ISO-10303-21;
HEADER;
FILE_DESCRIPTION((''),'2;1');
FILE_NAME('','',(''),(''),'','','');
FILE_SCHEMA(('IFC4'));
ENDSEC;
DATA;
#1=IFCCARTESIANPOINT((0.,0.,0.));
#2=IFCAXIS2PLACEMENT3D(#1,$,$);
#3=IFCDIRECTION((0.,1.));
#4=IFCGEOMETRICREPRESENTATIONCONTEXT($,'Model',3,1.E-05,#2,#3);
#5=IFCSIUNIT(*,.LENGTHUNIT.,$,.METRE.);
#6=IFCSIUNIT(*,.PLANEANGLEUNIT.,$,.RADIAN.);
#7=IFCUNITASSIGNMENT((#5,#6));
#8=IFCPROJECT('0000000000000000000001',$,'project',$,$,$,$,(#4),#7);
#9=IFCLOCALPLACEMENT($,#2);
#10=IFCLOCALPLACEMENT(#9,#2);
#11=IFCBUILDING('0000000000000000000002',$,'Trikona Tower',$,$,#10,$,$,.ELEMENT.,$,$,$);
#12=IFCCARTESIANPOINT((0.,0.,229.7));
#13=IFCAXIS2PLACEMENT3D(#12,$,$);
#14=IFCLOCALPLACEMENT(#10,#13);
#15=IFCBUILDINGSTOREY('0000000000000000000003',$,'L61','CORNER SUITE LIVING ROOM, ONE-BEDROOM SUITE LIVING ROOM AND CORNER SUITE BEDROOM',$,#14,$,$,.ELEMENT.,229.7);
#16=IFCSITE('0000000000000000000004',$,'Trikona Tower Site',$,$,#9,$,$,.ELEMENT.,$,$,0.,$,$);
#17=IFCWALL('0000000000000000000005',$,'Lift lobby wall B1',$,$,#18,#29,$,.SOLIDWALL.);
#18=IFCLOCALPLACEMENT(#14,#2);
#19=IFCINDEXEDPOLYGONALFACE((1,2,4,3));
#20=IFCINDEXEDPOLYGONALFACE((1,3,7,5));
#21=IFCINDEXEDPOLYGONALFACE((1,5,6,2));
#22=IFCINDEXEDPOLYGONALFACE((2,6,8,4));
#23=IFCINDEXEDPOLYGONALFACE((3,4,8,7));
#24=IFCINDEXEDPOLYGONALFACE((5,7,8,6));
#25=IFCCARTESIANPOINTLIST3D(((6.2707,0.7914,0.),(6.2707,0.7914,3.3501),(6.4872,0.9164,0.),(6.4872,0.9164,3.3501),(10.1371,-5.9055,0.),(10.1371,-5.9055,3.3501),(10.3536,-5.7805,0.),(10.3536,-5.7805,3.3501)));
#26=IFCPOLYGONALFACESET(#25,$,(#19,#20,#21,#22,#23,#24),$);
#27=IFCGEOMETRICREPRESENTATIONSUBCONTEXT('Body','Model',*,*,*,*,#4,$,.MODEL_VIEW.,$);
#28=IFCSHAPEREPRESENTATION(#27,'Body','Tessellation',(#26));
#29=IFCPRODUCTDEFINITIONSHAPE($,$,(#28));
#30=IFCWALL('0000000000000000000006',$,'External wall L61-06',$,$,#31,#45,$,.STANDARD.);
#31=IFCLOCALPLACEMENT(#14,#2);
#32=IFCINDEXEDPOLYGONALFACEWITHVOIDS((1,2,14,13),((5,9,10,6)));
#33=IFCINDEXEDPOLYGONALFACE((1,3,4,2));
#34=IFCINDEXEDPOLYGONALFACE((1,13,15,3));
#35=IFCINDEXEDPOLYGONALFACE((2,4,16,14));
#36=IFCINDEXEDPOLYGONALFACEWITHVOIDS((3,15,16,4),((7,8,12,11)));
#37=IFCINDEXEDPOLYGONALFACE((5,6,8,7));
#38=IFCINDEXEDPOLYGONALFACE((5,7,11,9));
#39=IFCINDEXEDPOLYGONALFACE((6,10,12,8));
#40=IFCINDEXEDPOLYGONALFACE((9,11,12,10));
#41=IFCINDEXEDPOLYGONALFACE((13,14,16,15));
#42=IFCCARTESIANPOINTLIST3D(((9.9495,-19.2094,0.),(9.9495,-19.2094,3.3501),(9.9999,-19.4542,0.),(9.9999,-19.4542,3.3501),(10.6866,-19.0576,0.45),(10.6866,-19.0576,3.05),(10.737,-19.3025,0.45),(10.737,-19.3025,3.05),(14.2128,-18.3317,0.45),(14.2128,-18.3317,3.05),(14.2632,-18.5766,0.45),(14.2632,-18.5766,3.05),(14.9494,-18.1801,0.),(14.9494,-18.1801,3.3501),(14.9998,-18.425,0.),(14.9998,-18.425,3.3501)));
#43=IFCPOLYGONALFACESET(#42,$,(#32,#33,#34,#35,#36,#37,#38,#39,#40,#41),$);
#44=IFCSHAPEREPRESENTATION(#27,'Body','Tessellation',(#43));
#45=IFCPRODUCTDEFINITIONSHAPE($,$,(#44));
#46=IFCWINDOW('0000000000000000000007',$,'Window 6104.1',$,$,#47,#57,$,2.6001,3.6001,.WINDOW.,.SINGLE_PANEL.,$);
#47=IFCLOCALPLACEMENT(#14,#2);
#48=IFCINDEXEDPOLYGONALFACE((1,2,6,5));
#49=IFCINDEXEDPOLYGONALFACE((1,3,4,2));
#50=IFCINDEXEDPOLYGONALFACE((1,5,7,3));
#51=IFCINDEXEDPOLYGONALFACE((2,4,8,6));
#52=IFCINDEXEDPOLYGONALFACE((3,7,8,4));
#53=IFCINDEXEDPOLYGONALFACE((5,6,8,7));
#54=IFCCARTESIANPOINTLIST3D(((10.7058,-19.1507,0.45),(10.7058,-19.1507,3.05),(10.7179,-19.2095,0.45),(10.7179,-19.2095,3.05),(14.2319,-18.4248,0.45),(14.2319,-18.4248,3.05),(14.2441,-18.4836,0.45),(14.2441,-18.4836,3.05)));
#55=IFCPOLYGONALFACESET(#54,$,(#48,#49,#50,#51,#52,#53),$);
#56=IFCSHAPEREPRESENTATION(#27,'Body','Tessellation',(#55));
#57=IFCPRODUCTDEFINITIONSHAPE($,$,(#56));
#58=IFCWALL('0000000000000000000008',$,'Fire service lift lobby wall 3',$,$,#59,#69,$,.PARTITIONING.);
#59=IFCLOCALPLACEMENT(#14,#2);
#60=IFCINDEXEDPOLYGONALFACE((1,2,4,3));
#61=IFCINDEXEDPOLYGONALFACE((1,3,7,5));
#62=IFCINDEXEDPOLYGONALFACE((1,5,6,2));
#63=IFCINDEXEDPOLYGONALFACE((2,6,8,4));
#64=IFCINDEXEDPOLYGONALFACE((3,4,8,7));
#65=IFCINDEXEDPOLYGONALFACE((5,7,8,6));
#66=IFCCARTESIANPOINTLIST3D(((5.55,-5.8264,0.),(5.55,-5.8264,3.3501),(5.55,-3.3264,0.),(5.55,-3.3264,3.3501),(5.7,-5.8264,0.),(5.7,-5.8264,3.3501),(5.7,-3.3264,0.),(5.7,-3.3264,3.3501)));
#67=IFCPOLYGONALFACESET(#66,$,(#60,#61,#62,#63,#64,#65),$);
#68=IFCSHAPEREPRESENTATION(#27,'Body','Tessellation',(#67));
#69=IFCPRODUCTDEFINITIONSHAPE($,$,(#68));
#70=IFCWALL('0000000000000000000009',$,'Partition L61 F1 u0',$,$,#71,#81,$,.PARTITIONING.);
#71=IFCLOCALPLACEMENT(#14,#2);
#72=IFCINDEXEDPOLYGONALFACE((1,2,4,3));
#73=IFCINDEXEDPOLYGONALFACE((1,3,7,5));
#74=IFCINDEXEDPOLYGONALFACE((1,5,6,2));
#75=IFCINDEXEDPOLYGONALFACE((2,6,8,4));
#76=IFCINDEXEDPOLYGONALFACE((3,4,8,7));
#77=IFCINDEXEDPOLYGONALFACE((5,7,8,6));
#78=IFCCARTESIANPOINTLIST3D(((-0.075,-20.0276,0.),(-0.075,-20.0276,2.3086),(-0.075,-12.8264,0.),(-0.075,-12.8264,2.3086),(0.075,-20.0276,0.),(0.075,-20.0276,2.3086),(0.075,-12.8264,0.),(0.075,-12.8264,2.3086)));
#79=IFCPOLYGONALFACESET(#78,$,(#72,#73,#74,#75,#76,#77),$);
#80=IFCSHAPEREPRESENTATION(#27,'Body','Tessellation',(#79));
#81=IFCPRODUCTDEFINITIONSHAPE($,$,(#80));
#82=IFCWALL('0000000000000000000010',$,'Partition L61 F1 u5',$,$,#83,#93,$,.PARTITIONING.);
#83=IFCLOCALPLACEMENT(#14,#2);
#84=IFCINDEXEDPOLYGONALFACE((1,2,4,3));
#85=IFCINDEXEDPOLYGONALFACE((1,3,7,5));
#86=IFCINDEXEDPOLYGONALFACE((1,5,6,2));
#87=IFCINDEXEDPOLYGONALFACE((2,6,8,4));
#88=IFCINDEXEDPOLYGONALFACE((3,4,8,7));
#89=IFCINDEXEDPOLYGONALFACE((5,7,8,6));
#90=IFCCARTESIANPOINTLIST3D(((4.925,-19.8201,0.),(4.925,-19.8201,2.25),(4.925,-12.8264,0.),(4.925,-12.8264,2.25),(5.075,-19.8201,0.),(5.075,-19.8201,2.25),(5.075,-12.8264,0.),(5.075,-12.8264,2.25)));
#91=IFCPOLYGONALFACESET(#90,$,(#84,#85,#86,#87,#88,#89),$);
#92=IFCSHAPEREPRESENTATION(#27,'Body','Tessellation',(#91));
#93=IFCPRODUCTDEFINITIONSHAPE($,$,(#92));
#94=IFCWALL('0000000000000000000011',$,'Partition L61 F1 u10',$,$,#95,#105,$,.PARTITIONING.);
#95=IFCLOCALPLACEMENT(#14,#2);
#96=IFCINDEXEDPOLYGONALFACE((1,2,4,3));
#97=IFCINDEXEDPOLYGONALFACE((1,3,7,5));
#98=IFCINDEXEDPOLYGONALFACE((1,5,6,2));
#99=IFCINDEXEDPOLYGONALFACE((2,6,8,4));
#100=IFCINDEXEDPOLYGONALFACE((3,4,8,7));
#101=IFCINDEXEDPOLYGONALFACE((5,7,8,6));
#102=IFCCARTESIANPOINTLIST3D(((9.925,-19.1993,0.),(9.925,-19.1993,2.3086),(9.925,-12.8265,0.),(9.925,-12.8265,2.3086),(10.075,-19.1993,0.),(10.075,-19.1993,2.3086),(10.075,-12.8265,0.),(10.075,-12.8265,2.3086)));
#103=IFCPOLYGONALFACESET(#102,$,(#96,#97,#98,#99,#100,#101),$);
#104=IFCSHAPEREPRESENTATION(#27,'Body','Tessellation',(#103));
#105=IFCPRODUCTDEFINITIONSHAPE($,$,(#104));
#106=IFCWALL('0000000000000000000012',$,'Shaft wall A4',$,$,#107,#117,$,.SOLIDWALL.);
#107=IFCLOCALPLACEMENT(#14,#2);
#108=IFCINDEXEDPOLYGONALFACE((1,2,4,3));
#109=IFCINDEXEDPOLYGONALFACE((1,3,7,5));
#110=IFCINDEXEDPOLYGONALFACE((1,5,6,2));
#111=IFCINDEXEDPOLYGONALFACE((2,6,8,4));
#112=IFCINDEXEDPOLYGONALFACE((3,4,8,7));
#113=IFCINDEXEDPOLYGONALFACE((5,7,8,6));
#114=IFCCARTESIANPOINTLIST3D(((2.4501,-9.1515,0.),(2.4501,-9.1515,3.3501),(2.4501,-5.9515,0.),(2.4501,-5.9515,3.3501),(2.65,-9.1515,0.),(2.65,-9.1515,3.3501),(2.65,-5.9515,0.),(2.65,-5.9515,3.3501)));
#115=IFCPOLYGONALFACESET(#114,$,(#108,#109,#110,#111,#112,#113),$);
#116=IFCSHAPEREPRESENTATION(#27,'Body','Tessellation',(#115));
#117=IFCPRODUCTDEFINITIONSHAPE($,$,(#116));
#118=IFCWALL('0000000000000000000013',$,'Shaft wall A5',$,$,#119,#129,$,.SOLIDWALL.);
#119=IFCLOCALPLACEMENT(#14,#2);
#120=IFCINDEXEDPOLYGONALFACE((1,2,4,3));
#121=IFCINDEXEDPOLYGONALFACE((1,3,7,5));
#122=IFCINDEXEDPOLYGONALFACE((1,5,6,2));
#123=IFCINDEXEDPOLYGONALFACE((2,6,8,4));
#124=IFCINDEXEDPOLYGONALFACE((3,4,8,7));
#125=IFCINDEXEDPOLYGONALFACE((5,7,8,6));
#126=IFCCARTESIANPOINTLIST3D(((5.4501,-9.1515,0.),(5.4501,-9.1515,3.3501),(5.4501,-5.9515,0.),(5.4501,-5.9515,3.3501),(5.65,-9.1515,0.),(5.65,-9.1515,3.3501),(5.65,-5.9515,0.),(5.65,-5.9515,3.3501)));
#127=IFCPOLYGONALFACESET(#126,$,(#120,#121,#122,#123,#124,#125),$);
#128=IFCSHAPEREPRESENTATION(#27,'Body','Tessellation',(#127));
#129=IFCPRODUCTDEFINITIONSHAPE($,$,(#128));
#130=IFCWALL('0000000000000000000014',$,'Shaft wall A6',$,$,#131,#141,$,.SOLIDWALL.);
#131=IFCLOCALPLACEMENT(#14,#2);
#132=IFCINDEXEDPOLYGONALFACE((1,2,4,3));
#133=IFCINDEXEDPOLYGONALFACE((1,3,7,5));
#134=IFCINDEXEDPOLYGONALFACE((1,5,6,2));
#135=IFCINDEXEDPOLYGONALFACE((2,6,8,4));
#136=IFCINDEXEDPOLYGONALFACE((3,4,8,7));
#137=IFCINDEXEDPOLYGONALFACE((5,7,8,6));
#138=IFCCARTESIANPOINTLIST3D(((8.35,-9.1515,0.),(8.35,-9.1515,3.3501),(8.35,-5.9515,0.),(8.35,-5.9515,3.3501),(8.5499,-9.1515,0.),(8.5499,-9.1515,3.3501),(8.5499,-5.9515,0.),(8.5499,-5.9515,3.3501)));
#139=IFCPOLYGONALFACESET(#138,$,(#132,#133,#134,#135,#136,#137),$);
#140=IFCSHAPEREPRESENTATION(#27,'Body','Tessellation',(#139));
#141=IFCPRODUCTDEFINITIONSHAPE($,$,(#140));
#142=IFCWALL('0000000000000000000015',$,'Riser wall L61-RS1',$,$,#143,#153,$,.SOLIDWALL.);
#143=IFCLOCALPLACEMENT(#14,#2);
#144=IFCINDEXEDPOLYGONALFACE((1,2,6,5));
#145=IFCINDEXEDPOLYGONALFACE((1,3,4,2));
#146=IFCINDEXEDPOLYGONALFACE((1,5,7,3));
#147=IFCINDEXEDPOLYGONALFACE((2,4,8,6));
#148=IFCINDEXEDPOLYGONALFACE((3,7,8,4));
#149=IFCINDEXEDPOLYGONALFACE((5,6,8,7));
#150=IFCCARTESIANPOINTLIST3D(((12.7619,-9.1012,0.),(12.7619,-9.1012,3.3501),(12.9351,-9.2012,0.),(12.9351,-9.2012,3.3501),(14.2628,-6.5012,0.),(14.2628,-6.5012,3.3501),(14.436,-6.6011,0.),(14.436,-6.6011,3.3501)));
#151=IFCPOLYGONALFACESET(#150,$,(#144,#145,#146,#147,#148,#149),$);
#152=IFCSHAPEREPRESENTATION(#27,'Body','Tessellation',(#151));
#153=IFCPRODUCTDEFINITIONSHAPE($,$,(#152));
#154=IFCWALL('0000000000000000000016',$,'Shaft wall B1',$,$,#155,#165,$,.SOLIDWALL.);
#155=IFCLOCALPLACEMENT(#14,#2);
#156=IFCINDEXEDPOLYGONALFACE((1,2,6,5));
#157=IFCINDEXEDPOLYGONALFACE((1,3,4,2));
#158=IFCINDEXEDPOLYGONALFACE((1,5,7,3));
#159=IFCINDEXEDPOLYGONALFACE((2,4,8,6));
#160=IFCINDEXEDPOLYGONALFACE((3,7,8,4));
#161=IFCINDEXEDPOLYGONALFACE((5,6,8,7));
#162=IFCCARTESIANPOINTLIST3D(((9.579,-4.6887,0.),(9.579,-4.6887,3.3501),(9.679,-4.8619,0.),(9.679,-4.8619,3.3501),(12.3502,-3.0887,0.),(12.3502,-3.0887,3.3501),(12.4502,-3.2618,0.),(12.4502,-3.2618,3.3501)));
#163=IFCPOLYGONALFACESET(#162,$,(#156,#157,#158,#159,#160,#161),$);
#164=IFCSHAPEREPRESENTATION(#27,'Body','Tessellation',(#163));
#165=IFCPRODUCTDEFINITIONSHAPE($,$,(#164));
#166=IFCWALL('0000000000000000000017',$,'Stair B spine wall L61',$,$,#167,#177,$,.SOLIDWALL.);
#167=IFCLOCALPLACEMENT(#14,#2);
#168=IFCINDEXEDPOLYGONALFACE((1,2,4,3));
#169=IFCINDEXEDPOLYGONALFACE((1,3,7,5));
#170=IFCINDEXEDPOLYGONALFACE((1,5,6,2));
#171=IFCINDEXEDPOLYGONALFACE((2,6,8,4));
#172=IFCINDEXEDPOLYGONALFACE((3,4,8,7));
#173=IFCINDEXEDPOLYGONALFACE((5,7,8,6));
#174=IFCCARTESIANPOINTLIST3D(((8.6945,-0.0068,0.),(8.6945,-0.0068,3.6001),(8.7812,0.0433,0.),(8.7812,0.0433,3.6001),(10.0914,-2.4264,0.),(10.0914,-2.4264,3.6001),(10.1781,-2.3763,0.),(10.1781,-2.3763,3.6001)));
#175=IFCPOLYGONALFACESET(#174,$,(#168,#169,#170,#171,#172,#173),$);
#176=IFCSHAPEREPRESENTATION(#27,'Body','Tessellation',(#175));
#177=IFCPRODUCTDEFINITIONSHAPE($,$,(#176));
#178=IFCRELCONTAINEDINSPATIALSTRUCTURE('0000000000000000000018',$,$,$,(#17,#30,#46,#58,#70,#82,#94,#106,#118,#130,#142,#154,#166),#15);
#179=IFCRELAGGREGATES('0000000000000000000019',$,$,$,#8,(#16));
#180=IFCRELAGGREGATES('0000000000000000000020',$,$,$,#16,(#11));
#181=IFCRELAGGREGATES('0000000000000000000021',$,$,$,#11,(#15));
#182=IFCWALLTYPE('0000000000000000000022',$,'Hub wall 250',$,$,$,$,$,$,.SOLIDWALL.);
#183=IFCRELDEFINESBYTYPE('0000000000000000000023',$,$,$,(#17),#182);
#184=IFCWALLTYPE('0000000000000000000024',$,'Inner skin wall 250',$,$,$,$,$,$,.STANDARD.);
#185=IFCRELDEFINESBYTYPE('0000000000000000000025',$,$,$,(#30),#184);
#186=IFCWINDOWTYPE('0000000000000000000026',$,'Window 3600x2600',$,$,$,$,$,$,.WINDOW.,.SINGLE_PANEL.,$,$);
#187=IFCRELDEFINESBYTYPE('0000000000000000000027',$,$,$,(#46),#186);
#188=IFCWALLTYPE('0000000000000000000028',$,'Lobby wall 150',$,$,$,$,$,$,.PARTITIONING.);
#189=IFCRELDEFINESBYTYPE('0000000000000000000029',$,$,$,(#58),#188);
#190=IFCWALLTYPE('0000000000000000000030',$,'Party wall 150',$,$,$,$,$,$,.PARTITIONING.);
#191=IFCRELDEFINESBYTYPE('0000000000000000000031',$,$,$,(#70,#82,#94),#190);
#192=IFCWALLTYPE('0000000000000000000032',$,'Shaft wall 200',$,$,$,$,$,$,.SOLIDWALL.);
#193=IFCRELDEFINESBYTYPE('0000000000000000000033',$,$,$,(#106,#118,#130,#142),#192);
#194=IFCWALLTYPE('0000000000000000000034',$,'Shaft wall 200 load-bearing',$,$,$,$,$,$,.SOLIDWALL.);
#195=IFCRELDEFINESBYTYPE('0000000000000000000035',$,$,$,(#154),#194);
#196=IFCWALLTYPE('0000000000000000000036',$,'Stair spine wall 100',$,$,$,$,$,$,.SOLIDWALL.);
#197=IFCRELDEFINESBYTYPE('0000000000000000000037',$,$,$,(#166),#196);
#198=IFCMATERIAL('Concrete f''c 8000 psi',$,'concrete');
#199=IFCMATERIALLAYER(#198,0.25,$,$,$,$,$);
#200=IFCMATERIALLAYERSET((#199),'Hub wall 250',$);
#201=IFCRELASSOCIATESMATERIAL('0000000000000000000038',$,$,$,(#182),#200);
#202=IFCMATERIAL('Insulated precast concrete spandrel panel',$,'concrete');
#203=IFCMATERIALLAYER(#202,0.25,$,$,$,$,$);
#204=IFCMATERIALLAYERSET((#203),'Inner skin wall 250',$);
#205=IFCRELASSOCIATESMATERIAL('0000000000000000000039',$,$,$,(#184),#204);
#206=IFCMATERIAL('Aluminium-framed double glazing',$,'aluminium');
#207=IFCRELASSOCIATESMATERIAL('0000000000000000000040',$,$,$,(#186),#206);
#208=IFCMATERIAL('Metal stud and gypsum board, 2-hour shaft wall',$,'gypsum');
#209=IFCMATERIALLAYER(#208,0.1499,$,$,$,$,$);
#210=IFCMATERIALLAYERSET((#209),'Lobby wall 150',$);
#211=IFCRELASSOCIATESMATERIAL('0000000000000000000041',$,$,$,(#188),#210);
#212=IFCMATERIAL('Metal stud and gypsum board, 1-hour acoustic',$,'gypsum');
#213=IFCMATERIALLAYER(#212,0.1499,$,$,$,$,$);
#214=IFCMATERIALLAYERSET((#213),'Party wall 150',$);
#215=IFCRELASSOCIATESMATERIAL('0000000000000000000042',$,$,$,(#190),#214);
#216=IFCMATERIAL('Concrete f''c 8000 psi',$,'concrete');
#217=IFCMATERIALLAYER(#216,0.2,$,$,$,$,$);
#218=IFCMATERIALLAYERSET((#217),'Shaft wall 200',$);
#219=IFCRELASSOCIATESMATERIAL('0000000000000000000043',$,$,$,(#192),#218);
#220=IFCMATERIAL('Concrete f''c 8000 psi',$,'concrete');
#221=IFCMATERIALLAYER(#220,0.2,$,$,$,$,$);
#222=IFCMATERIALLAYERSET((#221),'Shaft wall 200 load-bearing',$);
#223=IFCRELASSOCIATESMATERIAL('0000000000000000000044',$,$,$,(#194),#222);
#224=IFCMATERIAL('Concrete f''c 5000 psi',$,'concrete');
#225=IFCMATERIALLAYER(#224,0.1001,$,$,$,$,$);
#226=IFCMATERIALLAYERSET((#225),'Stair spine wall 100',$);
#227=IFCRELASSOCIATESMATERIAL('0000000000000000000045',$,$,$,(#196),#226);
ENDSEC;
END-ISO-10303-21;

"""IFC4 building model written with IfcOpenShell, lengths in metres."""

from ifc_helpers import new_model, si_unit, direction, frame, frame_2d, origin, place, context, subcontext, project, spatial, rectangle, extrude, material, layer, layer_set, type_object, element, fill, save


model = new_model("IFC4")

# Units and contexts
model_context = context("Model", 3, precision=1e-05, world=origin(), true_north=direction((0.0, 1.0)))
body_context = subcontext(model_context, "Body", "Model", "MODEL_VIEW")
ifc_project = project(units=[si_unit("LENGTHUNIT", "METRE"), si_unit("PLANEANGLEUNIT", "RADIAN")], contexts=[model_context])

# Site, building, storey
site_placement = place(None, origin())
site = spatial("IfcSite", under=ifc_project, at=site_placement, Name="Trikona Tower Site", CompositionType="ELEMENT", RefElevation=0.0)
building_placement = place(site_placement, origin())
building = spatial("IfcBuilding", under=site, at=building_placement, Name="Trikona Tower", CompositionType="ELEMENT")
storey_placement = place(building_placement, frame((0.0, 0.0, 229.7)))
storey = spatial("IfcBuildingStorey", under=building, at=storey_placement, Name="L61", Description="CORNER SUITE LIVING ROOM, ONE-BEDROOM SUITE LIVING ROOM AND CORNER SUITE BEDROOM", CompositionType="ELEMENT", Elevation=229.7)

# Wall
ifc_material_1 = material(Name="Concrete f'c 8000 psi", Category="concrete")
ifc_layer_1 = layer(ifc_material_1, 0.25)
ifc_layer_set_1 = layer_set([ifc_layer_1], Name="Hub wall 250")
wall_type_1 = type_object("IfcWallType", Name="Hub wall 250", PredefinedType="SOLIDWALL", material=ifc_layer_set_1)
wall_1_placement = place(storey_placement, frame((10.2454, -5.843, 0.0), z_axis=(0.0, 0.0, 1.0), x_axis=(-0.499993, 0.866029, 0.0)))
element("IfcWall", 1, at=wall_1_placement, inside=storey, type_object=wall_type_1, Name="Lift lobby wall B1", PredefinedType="SOLIDWALL", context=body_context, shape_type="SweptSolid", body=[
    extrude(rectangle(XDim=7.7329, YDim=0.25, at=frame_2d((3.8665, 0.0))), origin(), (0.0, 0.0, 1.0), 3.3501),
])

# Wall, opening, window
ifc_material_2 = material(Name="Insulated precast concrete spandrel panel", Category="concrete")
ifc_layer_2 = layer(ifc_material_2, 0.25)
ifc_layer_set_2 = layer_set([ifc_layer_2], Name="Inner skin wall 250")
wall_type_2 = type_object("IfcWallType", Name="Inner skin wall 250", PredefinedType="STANDARD", material=ifc_layer_set_2)
wall_2_placement = place(storey_placement, frame((9.9749, -19.3318, 0.0), z_axis=(0.0, 0.0, 1.0), x_axis=(0.979461, 0.201631, 0.0)))
wall_2 = element("IfcWall", 2, at=wall_2_placement, inside=storey, type_object=wall_type_2, Name="External wall L61-06", PredefinedType="STANDARD", context=body_context, shape_type="SweptSolid", body=[
    extrude(rectangle(XDim=5.1047, YDim=0.25, at=frame_2d((2.5522, 0.0))), origin(), (0.0, 0.0, 1.0), 3.3501),
])
opening_1_placement = place(wall_2_placement, frame((0.7524, 0.0, 0.45)))
opening_1 = element("IfcOpeningElement", 3, at=opening_1_placement, cuts=wall_2, PredefinedType="OPENING", context=body_context, shape_type="SweptSolid", body=[
    extrude(rectangle(XDim=3.6001, YDim=2.6001, at=frame_2d((1.8, 1.3))), frame((0.0, 0.135, 0.0), z_axis=(0.0, -1.0, 0.0), x_axis=(1.0, 0.0, 0.0)), (0.0, 0.0, 1.0), 0.27),
])
ifc_material_3 = material(Name="Aluminium-framed double glazing", Category="aluminium")
window_type = type_object("IfcWindowType", Name="Window 3600x2600", PartitioningType="SINGLE_PANEL", PredefinedType="WINDOW", material=ifc_material_3)
window_placement = place(opening_1_placement, origin())
window = element("IfcWindow", 4, at=window_placement, inside=storey, type_object=window_type, Name="Window 6104.1", OverallHeight=2.6001, OverallWidth=3.6001, PartitioningType="SINGLE_PANEL", PredefinedType="WINDOW", context=body_context, shape_type="SweptSolid", body=[
    extrude(rectangle(XDim=3.6001, YDim=2.6001, at=frame_2d((1.8, 1.3))), frame((0.0, 0.03, 0.0), z_axis=(0.0, -1.0, 0.0), x_axis=(1.0, 0.0, 0.0)), (0.0, 0.0, 1.0), 0.0601),
])
fill(opening_1, window)

# Walls
ifc_material_4 = material(Name="Metal stud and gypsum board, 2-hour shaft wall", Category="gypsum")
ifc_layer_3 = layer(ifc_material_4, 0.1499)
ifc_layer_set_3 = layer_set([ifc_layer_3], Name="Lobby wall 150")
wall_type_3 = type_object("IfcWallType", Name="Lobby wall 150", PredefinedType="PARTITIONING", material=ifc_layer_set_3)
wall_3_placement = place(storey_placement, frame((5.625, -5.8264, 0.0), z_axis=(0.0, 0.0, 1.0), x_axis=(0.0, 1.0, 0.0)))
element("IfcWall", 5, at=wall_3_placement, inside=storey, type_object=wall_type_3, Name="Fire service lift lobby wall 3", PredefinedType="PARTITIONING", context=body_context, shape_type="SweptSolid", body=[
    extrude(rectangle(XDim=2.5, YDim=0.1499, at=frame_2d((1.25, 0.0))), origin(), (0.0, 0.0, 1.0), 3.3501),
])
ifc_material_5 = material(Name="Metal stud and gypsum board, 1-hour acoustic", Category="gypsum")
ifc_layer_4 = layer(ifc_material_5, 0.1499)
ifc_layer_set_4 = layer_set([ifc_layer_4], Name="Party wall 150")
wall_type_4 = type_object("IfcWallType", Name="Party wall 150", PredefinedType="PARTITIONING", material=ifc_layer_set_4)
wall_4_placement = place(storey_placement, frame((0.0, -12.8264, 0.0), z_axis=(0.0, 0.0, 1.0), x_axis=(0.0, -1.0, 0.0)))
element("IfcWall", 6, at=wall_4_placement, inside=storey, type_object=wall_type_4, Name="Partition L61 F1 u0", PredefinedType="PARTITIONING", context=body_context, shape_type="SweptSolid", body=[
    extrude(rectangle(XDim=7.2012, YDim=0.1499, at=frame_2d((3.6006, 0.0))), origin(), (0.0, 0.0, 1.0), 2.3086),
])
wall_5_placement = place(storey_placement, frame((5.0, -12.8264, 0.0), z_axis=(0.0, 0.0, 1.0), x_axis=(0.0, -1.0, 0.0)))
element("IfcWall", 7, at=wall_5_placement, inside=storey, type_object=wall_type_4, Name="Partition L61 F1 u5", PredefinedType="PARTITIONING", context=body_context, shape_type="SweptSolid", body=[
    extrude(rectangle(XDim=6.9937, YDim=0.1499, at=frame_2d((3.4968, 0.0))), origin(), (0.0, 0.0, 1.0), 2.25),
])
wall_6_placement = place(storey_placement, frame((10.0, -12.8264, 0.0), z_axis=(0.0, 0.0, 1.0), x_axis=(0.0, -1.0, 0.0)))
element("IfcWall", 8, at=wall_6_placement, inside=storey, type_object=wall_type_4, Name="Partition L61 F1 u10", PredefinedType="PARTITIONING", context=body_context, shape_type="SweptSolid", body=[
    extrude(rectangle(XDim=6.3728, YDim=0.1499, at=frame_2d((3.1865, 0.0))), origin(), (0.0, 0.0, 1.0), 2.3086),
])
ifc_material_6 = material(Name="Concrete f'c 8000 psi", Category="concrete")
ifc_layer_5 = layer(ifc_material_6, 0.2)
ifc_layer_set_5 = layer_set([ifc_layer_5], Name="Shaft wall 200")
wall_type_5 = type_object("IfcWallType", Name="Shaft wall 200", PredefinedType="SOLIDWALL", material=ifc_layer_set_5)
for number, where, z_axis, x_axis, name in (
    (9, (2.55, -5.9514, 0.0), (0.0, 0.0, 1.0), (0.0, -1.0, 0.0), "Shaft wall A4"),
    (10, (5.55, -5.9514, 0.0), (0.0, 0.0, 1.0), (0.0, -1.0, 0.0), "Shaft wall A5"),
    (11, (8.45, -5.9514, 0.0), (0.0, 0.0, 1.0), (0.0, -1.0, 0.0), "Shaft wall A6"),
):
    element("IfcWall", number, at=place(storey_placement, frame(where, z_axis=z_axis, x_axis=x_axis)), inside=storey, type_object=wall_type_5, Name=name, PredefinedType="SOLIDWALL", context=body_context, shape_type="SweptSolid", body=[
        extrude(rectangle(XDim=3.2, YDim=0.2, at=frame_2d((1.6001, 0.0))), origin(), (0.0, 0.0, 1.0), 3.3501),
    ])
wall_7_placement = place(storey_placement, frame((14.3494, -6.5513, 0.0), z_axis=(0.0, 0.0, 1.0), x_axis=(-0.499952, -0.866053, 0.0)))
element("IfcWall", 12, at=wall_7_placement, inside=storey, type_object=wall_type_5, Name="Riser wall L61-RS1", PredefinedType="SOLIDWALL", context=body_context, shape_type="SweptSolid", body=[
    extrude(rectangle(XDim=3.0022, YDim=0.2, at=frame_2d((1.501, 0.0))), origin(), (0.0, 0.0, 1.0), 3.3501),
])
ifc_material_7 = material(Name="Concrete f'c 8000 psi", Category="concrete")
ifc_layer_6 = layer(ifc_material_7, 0.2)
ifc_layer_set_6 = layer_set([ifc_layer_6], Name="Shaft wall 200 load-bearing")
wall_type_6 = type_object("IfcWallType", Name="Shaft wall 200 load-bearing", PredefinedType="SOLIDWALL", material=ifc_layer_set_6)
wall_8_placement = place(storey_placement, frame((9.6289, -4.7754, 0.0), z_axis=(0.0, 0.0, 1.0), x_axis=(0.866009, 0.500028, 0.0)))
element("IfcWall", 13, at=wall_8_placement, inside=storey, type_object=wall_type_6, Name="Shaft wall B1", PredefinedType="SOLIDWALL", context=body_context, shape_type="SweptSolid", body=[
    extrude(rectangle(XDim=3.2, YDim=0.2, at=frame_2d((1.6001, 0.0))), origin(), (0.0, 0.0, 1.0), 3.3501),
])
ifc_material_8 = material(Name="Concrete f'c 5000 psi", Category="concrete")
ifc_layer_7 = layer(ifc_material_8, 0.1001)
ifc_layer_set_7 = layer_set([ifc_layer_7], Name="Stair spine wall 100")
wall_type_7 = type_object("IfcWallType", Name="Stair spine wall 100", PredefinedType="SOLIDWALL", material=ifc_layer_set_7)
wall_9_placement = place(storey_placement, frame((10.1348, -2.4014, 0.0), z_axis=(0.0, 0.0, 1.0), x_axis=(-0.499992, 0.86603, 0.0)))
element("IfcWall", 14, at=wall_9_placement, inside=storey, type_object=wall_type_7, Name="Stair B spine wall L61", PredefinedType="SOLIDWALL", context=body_context, shape_type="SweptSolid", body=[
    extrude(rectangle(XDim=2.7939, YDim=0.1001, at=frame_2d((1.397, 0.0))), origin(), (0.0, 0.0, 1.0), 3.6001),
])

save(model, "model.ifc")
